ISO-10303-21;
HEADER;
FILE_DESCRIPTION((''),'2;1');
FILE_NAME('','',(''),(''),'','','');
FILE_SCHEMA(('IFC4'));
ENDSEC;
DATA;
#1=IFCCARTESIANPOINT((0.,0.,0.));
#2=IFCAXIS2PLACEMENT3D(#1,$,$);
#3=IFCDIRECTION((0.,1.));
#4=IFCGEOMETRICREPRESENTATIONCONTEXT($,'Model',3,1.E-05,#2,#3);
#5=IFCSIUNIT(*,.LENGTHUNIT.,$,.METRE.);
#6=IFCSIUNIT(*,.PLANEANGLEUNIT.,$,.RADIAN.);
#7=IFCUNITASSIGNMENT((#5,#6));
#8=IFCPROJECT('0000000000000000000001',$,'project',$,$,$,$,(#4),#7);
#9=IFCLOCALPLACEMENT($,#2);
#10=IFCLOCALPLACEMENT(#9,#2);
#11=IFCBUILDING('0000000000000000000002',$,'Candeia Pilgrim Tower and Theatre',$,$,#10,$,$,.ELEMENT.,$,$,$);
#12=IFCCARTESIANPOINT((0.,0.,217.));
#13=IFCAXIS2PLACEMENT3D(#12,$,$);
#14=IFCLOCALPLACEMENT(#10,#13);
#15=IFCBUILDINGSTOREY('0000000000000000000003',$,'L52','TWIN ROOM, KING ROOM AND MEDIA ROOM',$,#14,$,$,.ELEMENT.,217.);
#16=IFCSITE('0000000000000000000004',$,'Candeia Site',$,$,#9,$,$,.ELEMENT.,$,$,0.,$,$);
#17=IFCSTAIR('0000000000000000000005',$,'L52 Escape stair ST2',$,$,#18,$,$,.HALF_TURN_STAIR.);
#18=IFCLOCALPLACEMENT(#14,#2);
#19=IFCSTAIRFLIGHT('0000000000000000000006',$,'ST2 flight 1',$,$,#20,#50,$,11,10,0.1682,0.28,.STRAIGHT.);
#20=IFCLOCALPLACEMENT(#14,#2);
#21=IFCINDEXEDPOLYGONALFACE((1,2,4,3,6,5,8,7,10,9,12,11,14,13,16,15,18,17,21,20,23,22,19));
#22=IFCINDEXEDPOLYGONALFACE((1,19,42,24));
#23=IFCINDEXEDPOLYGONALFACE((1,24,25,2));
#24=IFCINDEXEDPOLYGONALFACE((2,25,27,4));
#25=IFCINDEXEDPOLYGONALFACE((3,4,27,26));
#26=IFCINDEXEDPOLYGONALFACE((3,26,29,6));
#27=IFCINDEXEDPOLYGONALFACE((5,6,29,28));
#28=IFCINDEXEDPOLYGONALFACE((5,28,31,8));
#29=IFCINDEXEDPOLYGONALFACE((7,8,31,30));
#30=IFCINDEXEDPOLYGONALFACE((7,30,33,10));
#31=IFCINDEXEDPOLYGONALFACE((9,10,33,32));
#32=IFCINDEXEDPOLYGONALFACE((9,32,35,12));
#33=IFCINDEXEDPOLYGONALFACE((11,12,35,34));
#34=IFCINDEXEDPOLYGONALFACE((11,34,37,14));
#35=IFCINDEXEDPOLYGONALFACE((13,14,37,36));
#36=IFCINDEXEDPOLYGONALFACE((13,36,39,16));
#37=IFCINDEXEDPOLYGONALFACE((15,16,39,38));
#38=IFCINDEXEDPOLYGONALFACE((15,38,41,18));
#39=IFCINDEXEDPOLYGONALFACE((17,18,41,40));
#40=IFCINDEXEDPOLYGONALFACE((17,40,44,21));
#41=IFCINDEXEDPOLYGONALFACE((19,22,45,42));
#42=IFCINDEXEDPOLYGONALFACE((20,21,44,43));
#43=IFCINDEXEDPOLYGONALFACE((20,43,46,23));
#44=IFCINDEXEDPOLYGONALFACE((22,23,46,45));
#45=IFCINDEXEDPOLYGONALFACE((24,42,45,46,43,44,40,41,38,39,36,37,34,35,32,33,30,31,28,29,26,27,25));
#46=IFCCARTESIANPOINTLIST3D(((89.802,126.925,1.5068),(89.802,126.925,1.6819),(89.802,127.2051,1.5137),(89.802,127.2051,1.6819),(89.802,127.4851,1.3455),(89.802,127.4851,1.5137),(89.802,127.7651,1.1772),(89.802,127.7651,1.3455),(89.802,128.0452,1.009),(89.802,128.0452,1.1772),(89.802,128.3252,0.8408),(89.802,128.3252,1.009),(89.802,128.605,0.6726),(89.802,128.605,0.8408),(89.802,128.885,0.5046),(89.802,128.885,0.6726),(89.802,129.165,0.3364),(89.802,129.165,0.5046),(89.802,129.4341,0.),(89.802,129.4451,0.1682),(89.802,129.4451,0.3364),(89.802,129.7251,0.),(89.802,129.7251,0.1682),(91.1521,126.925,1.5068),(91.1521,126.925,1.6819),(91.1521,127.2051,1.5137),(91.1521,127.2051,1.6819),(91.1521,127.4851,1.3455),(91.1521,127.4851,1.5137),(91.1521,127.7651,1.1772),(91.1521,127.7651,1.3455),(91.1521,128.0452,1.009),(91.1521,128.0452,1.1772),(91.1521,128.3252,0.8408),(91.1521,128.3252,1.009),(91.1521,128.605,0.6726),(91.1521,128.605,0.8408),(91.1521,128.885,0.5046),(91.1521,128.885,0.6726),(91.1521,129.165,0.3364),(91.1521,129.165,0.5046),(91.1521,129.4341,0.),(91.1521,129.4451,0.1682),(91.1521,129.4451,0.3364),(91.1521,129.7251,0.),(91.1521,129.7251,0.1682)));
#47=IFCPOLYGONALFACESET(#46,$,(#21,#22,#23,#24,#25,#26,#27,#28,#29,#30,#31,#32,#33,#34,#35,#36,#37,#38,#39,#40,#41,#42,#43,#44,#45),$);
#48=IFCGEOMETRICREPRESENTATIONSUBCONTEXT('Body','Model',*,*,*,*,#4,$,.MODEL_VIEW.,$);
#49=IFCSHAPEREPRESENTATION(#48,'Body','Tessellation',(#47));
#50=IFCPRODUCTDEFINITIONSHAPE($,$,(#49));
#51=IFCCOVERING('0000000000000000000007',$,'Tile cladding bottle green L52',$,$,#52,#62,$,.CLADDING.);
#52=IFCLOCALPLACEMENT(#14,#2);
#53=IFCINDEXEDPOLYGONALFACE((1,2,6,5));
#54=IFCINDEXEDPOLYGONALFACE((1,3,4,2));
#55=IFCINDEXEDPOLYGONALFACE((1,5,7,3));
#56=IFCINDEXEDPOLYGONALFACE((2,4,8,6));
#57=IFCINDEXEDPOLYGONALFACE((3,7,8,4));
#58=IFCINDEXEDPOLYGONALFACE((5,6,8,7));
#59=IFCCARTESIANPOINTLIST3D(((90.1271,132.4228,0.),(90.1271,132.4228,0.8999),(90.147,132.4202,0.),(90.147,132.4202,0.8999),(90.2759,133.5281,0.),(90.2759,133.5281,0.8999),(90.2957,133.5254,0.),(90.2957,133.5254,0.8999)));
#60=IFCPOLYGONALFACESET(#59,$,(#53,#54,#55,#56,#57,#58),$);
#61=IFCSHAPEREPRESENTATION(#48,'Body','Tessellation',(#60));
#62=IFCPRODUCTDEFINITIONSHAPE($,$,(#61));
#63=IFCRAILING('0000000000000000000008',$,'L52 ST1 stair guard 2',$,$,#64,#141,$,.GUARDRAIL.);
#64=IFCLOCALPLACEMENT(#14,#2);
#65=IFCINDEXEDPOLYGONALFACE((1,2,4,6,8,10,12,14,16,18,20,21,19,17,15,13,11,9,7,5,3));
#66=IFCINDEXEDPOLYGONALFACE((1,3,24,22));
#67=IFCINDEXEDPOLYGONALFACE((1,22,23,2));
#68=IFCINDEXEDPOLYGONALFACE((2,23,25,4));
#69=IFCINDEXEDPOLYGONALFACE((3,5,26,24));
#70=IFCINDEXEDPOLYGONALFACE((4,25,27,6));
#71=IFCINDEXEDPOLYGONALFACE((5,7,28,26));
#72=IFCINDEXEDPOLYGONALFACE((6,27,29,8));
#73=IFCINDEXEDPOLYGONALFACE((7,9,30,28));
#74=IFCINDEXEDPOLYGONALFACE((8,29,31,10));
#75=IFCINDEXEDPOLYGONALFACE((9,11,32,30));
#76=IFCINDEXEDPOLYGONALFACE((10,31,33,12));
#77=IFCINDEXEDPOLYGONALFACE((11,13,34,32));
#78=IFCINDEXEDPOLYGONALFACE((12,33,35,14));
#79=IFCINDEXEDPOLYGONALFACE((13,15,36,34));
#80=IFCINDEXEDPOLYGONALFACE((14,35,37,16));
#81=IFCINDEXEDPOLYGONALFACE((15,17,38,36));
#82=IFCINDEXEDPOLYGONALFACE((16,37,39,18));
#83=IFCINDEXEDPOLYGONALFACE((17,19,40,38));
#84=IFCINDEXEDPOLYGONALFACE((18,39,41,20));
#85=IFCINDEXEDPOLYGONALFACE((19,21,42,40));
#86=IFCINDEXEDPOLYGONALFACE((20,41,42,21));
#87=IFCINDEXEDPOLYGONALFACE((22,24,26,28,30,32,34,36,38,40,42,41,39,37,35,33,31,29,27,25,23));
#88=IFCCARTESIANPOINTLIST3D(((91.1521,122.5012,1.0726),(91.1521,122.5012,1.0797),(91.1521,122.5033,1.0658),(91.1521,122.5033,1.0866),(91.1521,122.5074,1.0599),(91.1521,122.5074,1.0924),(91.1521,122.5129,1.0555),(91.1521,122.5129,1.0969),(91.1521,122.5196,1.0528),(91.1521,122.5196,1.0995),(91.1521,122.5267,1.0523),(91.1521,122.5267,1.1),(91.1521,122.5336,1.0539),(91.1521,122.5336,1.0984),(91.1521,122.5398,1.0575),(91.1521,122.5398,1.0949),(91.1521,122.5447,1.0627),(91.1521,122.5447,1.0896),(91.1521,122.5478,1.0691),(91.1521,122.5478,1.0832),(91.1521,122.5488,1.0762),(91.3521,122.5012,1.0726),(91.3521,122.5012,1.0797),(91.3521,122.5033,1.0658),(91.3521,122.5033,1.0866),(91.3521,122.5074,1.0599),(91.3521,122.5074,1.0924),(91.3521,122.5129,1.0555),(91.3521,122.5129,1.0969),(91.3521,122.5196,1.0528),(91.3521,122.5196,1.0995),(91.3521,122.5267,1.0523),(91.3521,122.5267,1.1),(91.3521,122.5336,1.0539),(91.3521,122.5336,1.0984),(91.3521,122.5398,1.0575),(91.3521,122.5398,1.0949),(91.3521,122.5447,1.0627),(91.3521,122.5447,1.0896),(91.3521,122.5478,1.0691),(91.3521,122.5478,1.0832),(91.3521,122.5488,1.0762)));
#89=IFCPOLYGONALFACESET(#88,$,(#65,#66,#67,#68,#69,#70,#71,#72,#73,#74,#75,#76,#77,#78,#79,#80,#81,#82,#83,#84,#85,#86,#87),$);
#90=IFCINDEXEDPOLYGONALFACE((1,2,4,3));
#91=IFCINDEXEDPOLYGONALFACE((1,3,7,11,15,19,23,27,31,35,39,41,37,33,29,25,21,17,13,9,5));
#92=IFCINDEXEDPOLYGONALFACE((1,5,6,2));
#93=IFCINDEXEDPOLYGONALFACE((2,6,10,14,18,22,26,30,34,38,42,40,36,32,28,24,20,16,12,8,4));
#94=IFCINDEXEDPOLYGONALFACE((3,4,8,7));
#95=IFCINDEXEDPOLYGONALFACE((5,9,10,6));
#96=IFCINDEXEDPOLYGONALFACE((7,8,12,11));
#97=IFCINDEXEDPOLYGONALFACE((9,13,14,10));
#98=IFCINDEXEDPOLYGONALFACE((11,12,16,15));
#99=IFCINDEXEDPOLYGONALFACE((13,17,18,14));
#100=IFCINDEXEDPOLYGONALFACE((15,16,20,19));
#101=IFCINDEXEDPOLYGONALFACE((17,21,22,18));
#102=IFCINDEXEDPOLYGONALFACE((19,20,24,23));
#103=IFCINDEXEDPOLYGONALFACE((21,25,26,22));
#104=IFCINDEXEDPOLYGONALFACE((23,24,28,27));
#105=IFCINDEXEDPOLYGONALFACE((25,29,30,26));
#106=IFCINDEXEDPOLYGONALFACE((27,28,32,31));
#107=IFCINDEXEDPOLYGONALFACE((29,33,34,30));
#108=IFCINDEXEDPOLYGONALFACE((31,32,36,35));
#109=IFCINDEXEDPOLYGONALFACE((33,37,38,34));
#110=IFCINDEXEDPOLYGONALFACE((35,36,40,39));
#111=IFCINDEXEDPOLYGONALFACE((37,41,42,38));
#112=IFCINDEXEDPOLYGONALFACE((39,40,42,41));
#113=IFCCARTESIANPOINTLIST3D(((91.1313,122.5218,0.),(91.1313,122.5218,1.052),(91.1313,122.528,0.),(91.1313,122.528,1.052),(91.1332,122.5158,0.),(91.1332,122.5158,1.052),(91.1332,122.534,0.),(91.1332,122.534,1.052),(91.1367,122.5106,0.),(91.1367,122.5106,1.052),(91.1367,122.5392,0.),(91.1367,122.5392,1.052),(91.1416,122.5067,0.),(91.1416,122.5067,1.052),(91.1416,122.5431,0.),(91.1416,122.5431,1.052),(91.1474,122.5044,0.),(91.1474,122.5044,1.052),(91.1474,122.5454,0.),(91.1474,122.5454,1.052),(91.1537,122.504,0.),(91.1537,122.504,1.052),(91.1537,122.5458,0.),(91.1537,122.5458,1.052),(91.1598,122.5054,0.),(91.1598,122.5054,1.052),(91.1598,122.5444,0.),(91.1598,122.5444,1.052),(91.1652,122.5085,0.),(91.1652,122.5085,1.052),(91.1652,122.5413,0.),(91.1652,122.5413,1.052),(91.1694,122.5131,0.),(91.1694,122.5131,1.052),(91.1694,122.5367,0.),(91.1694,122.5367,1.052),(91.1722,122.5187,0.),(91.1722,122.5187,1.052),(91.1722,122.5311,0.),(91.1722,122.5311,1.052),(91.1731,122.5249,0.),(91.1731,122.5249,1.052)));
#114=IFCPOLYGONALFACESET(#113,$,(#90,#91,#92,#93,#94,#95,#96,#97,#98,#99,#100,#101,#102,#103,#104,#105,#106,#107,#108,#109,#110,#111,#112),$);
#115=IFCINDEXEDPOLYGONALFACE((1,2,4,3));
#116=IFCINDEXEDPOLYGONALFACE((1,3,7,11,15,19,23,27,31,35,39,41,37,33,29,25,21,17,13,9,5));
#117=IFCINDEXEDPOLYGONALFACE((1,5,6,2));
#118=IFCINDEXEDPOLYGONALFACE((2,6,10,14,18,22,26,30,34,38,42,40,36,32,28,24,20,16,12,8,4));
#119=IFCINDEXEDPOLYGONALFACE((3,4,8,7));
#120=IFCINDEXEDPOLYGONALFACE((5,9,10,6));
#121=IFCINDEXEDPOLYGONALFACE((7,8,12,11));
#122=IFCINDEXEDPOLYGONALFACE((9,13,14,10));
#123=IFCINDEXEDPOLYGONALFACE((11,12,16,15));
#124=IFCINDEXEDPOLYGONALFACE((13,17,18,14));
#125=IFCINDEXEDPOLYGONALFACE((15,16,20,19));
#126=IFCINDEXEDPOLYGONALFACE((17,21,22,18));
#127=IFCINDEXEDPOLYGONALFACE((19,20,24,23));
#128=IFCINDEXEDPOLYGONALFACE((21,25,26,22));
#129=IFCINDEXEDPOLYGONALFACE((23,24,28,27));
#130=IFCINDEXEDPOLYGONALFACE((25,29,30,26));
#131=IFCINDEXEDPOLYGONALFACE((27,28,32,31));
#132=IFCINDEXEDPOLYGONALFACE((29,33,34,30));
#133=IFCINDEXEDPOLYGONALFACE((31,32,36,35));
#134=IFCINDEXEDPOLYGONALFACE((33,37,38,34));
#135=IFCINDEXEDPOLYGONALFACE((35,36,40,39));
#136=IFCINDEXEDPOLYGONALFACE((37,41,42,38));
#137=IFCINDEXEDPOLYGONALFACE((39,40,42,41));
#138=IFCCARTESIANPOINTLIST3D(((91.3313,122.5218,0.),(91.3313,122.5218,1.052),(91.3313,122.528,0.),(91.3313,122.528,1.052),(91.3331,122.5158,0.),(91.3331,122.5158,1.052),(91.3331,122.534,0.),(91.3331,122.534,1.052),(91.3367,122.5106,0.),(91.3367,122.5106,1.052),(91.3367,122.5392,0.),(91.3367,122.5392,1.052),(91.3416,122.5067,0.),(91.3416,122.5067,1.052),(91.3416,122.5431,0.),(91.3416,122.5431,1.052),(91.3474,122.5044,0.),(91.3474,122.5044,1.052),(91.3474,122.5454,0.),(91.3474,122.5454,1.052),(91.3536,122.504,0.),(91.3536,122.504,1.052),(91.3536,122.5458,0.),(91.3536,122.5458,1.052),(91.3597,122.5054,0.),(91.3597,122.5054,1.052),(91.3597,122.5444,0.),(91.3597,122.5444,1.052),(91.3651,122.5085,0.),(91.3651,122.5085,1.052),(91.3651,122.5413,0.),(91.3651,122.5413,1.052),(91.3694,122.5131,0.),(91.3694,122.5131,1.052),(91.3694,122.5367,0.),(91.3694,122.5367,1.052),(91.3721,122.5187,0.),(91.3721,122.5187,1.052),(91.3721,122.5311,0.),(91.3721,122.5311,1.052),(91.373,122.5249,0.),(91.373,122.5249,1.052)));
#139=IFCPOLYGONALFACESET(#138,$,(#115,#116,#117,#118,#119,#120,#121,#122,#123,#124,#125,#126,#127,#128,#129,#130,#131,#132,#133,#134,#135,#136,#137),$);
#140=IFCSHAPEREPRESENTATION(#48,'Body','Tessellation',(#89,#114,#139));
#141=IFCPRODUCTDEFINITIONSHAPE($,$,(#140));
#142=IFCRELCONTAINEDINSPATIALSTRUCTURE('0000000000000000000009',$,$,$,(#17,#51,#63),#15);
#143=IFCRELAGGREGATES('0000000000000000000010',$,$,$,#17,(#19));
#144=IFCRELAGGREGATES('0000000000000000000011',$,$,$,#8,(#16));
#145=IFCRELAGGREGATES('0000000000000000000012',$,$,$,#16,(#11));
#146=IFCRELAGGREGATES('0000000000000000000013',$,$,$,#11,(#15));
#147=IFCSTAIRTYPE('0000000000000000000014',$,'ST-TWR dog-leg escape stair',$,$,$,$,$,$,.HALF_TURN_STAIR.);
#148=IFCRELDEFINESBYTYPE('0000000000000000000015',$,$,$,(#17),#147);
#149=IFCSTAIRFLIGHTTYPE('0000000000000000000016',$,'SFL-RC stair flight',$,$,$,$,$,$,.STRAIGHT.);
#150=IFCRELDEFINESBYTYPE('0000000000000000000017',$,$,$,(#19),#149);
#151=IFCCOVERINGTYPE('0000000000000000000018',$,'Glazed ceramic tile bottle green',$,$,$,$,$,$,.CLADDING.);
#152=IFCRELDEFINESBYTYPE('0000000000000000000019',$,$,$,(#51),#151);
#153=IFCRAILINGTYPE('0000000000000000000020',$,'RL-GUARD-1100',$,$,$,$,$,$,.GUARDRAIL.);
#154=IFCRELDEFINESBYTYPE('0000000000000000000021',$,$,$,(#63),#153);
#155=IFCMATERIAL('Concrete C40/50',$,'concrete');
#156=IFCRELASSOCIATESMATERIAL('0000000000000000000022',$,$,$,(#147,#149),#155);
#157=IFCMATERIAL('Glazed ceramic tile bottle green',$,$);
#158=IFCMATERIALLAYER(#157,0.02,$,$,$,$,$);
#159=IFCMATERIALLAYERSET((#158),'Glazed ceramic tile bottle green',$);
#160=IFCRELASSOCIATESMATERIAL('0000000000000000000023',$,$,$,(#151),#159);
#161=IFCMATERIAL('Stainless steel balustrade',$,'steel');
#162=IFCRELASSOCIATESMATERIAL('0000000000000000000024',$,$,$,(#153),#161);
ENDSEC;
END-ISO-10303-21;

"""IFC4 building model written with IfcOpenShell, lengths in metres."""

from ifc_helpers import new_model, si_unit, direction, frame, origin, origin_2d, place, context, subcontext, project, spatial, polyline, rectangle, circle, outline, extrude, material, layer, layer_set, type_object, element, aggregate, save


model = new_model("IFC4")

# Units and contexts
model_context = context("Model", 3, precision=1e-05, world=origin(), true_north=direction((0.0, 1.0)))
body_context = subcontext(model_context, "Body", "Model", "MODEL_VIEW")
ifc_project = project(units=[si_unit("LENGTHUNIT", "METRE"), si_unit("PLANEANGLEUNIT", "RADIAN")], contexts=[model_context])

# Site, building, storey
site_placement = place(None, origin())
site = spatial("IfcSite", under=ifc_project, at=site_placement, Name="Candeia Site", CompositionType="ELEMENT", RefElevation=0.0)
building_placement = place(site_placement, origin())
building = spatial("IfcBuilding", under=site, at=building_placement, Name="Candeia Pilgrim Tower and Theatre", CompositionType="ELEMENT")
storey_placement = place(building_placement, frame((0.0, 0.0, 217.0)))
storey = spatial("IfcBuildingStorey", under=building, at=storey_placement, Name="L52", Description="TWIN ROOM, KING ROOM AND MEDIA ROOM", CompositionType="ELEMENT", Elevation=217.0)

# Shared definitions
ifc_material_1 = material(Name="Concrete C40/50", Category="concrete")

# Shared definitions
stair_type = type_object("IfcStairType", Name="ST-TWR dog-leg escape stair", PredefinedType="HALF_TURN_STAIR", material=ifc_material_1)
stair_flight_type = type_object("IfcStairFlightType", Name="SFL-RC stair flight", PredefinedType="STRAIGHT", material=ifc_material_1)

# Stair, stair flight
stair_1_placement = place(storey_placement, origin())
stair_1 = element("IfcStair", 1, at=stair_1_placement, inside=storey, type_object=stair_type, Name="L52 Escape stair ST2", PredefinedType="HALF_TURN_STAIR")
stair_flight_1_placement = place(storey_placement, frame((90.4771, 129.7251, 0.0), z_axis=(0.0, 0.0, 1.0), x_axis=(0.0, -1.0, 0.0)))
stair_flight_1 = element("IfcStairFlight", 2, at=stair_flight_1_placement, type_object=stair_flight_type, Name="ST2 flight 1", NumberOfRisers=11, NumberOfTreads=10, PredefinedType="STRAIGHT", RiserHeight=0.1682, TreadLength=0.28, context=body_context, shape_type="SweptSolid", body=[
    extrude(outline(polyline([(0.0, 0.0), (0.0, 0.1682), (0.28, 0.1682), (0.28, 0.3364), (0.5601, 0.3364), (0.5601, 0.5046), (0.8401, 0.5046), (0.8401, 0.6726), (1.1201, 0.6726), (1.1201, 0.8408), (1.3999, 0.8408), (1.3999, 1.009), (1.6799, 1.009), (1.6799, 1.1772), (1.96, 1.1772), (1.96, 1.3455), (2.24, 1.3455), (2.24, 1.5137), (2.52, 1.5137), (2.52, 1.6819), (2.8, 1.6819), (2.8, 1.8501), (2.8, 1.5068), (0.291, 0.0), (0.0, 0.0)])), frame((0.0, 0.675, 0.0), z_axis=(0.0, -1.0, 0.0), x_axis=(1.0, 0.0, 0.0)), (0.0, 0.0, 1.0), 1.3501),
])
aggregate(stair_1, [stair_flight_1])

# Shared definitions
ifc_material_2 = material(Name="Stainless steel balustrade", Category="steel")

# Covering
ifc_material_3 = material(Name="Glazed ceramic tile bottle green")
ifc_layer_1 = layer(ifc_material_3, 0.02)
ifc_layer_set_1 = layer_set([ifc_layer_1], Name="Glazed ceramic tile bottle green")
covering_type = type_object("IfcCoveringType", Name="Glazed ceramic tile bottle green", PredefinedType="CLADDING", material=ifc_layer_set_1)
covering_placement = place(storey_placement, frame((90.2114, 132.9741, 0.0), z_axis=(0.0, 0.0, 1.0), x_axis=(-0.133412, -0.991061, 0.0)))
element("IfcCovering", 3, at=covering_placement, inside=storey, type_object=covering_type, Name="Tile cladding bottle green L52", PredefinedType="CLADDING", context=body_context, shape_type="SweptSolid", body=[
    extrude(rectangle(XDim=1.1152, YDim=0.02, at=origin_2d()), origin(), (0.0, 0.0, 1.0), 0.8999),
])

# Railing
railing_type_1 = type_object("IfcRailingType", Name="RL-GUARD-1100", PredefinedType="GUARDRAIL", material=ifc_material_2)
railing_1_placement = place(storey_placement, frame((91.1521, 122.5249, 0.0)))
element("IfcRailing", 4, at=railing_1_placement, inside=storey, type_object=railing_type_1, Name="L52 ST1 stair guard 2", PredefinedType="GUARDRAIL", context=body_context, shape_type="SweptSolid", body=[
    extrude(circle(Radius=0.0239, at=origin_2d()), frame((0.0, 0.0, 1.0762), z_axis=(1.0, 0.0, 0.0), x_axis=(0.0, 1.0, 0.0)), (0.0, 0.0, 1.0), 0.2),
    extrude(circle(Radius=0.021, at=origin_2d()), origin(), (0.0, 0.0, 1.0), 1.052),
    extrude(circle(Radius=0.021, at=origin_2d()), frame((0.2, 0.0, 0.0)), (0.0, 0.0, 1.0), 1.052),
])

save(model, "model.ifc")
